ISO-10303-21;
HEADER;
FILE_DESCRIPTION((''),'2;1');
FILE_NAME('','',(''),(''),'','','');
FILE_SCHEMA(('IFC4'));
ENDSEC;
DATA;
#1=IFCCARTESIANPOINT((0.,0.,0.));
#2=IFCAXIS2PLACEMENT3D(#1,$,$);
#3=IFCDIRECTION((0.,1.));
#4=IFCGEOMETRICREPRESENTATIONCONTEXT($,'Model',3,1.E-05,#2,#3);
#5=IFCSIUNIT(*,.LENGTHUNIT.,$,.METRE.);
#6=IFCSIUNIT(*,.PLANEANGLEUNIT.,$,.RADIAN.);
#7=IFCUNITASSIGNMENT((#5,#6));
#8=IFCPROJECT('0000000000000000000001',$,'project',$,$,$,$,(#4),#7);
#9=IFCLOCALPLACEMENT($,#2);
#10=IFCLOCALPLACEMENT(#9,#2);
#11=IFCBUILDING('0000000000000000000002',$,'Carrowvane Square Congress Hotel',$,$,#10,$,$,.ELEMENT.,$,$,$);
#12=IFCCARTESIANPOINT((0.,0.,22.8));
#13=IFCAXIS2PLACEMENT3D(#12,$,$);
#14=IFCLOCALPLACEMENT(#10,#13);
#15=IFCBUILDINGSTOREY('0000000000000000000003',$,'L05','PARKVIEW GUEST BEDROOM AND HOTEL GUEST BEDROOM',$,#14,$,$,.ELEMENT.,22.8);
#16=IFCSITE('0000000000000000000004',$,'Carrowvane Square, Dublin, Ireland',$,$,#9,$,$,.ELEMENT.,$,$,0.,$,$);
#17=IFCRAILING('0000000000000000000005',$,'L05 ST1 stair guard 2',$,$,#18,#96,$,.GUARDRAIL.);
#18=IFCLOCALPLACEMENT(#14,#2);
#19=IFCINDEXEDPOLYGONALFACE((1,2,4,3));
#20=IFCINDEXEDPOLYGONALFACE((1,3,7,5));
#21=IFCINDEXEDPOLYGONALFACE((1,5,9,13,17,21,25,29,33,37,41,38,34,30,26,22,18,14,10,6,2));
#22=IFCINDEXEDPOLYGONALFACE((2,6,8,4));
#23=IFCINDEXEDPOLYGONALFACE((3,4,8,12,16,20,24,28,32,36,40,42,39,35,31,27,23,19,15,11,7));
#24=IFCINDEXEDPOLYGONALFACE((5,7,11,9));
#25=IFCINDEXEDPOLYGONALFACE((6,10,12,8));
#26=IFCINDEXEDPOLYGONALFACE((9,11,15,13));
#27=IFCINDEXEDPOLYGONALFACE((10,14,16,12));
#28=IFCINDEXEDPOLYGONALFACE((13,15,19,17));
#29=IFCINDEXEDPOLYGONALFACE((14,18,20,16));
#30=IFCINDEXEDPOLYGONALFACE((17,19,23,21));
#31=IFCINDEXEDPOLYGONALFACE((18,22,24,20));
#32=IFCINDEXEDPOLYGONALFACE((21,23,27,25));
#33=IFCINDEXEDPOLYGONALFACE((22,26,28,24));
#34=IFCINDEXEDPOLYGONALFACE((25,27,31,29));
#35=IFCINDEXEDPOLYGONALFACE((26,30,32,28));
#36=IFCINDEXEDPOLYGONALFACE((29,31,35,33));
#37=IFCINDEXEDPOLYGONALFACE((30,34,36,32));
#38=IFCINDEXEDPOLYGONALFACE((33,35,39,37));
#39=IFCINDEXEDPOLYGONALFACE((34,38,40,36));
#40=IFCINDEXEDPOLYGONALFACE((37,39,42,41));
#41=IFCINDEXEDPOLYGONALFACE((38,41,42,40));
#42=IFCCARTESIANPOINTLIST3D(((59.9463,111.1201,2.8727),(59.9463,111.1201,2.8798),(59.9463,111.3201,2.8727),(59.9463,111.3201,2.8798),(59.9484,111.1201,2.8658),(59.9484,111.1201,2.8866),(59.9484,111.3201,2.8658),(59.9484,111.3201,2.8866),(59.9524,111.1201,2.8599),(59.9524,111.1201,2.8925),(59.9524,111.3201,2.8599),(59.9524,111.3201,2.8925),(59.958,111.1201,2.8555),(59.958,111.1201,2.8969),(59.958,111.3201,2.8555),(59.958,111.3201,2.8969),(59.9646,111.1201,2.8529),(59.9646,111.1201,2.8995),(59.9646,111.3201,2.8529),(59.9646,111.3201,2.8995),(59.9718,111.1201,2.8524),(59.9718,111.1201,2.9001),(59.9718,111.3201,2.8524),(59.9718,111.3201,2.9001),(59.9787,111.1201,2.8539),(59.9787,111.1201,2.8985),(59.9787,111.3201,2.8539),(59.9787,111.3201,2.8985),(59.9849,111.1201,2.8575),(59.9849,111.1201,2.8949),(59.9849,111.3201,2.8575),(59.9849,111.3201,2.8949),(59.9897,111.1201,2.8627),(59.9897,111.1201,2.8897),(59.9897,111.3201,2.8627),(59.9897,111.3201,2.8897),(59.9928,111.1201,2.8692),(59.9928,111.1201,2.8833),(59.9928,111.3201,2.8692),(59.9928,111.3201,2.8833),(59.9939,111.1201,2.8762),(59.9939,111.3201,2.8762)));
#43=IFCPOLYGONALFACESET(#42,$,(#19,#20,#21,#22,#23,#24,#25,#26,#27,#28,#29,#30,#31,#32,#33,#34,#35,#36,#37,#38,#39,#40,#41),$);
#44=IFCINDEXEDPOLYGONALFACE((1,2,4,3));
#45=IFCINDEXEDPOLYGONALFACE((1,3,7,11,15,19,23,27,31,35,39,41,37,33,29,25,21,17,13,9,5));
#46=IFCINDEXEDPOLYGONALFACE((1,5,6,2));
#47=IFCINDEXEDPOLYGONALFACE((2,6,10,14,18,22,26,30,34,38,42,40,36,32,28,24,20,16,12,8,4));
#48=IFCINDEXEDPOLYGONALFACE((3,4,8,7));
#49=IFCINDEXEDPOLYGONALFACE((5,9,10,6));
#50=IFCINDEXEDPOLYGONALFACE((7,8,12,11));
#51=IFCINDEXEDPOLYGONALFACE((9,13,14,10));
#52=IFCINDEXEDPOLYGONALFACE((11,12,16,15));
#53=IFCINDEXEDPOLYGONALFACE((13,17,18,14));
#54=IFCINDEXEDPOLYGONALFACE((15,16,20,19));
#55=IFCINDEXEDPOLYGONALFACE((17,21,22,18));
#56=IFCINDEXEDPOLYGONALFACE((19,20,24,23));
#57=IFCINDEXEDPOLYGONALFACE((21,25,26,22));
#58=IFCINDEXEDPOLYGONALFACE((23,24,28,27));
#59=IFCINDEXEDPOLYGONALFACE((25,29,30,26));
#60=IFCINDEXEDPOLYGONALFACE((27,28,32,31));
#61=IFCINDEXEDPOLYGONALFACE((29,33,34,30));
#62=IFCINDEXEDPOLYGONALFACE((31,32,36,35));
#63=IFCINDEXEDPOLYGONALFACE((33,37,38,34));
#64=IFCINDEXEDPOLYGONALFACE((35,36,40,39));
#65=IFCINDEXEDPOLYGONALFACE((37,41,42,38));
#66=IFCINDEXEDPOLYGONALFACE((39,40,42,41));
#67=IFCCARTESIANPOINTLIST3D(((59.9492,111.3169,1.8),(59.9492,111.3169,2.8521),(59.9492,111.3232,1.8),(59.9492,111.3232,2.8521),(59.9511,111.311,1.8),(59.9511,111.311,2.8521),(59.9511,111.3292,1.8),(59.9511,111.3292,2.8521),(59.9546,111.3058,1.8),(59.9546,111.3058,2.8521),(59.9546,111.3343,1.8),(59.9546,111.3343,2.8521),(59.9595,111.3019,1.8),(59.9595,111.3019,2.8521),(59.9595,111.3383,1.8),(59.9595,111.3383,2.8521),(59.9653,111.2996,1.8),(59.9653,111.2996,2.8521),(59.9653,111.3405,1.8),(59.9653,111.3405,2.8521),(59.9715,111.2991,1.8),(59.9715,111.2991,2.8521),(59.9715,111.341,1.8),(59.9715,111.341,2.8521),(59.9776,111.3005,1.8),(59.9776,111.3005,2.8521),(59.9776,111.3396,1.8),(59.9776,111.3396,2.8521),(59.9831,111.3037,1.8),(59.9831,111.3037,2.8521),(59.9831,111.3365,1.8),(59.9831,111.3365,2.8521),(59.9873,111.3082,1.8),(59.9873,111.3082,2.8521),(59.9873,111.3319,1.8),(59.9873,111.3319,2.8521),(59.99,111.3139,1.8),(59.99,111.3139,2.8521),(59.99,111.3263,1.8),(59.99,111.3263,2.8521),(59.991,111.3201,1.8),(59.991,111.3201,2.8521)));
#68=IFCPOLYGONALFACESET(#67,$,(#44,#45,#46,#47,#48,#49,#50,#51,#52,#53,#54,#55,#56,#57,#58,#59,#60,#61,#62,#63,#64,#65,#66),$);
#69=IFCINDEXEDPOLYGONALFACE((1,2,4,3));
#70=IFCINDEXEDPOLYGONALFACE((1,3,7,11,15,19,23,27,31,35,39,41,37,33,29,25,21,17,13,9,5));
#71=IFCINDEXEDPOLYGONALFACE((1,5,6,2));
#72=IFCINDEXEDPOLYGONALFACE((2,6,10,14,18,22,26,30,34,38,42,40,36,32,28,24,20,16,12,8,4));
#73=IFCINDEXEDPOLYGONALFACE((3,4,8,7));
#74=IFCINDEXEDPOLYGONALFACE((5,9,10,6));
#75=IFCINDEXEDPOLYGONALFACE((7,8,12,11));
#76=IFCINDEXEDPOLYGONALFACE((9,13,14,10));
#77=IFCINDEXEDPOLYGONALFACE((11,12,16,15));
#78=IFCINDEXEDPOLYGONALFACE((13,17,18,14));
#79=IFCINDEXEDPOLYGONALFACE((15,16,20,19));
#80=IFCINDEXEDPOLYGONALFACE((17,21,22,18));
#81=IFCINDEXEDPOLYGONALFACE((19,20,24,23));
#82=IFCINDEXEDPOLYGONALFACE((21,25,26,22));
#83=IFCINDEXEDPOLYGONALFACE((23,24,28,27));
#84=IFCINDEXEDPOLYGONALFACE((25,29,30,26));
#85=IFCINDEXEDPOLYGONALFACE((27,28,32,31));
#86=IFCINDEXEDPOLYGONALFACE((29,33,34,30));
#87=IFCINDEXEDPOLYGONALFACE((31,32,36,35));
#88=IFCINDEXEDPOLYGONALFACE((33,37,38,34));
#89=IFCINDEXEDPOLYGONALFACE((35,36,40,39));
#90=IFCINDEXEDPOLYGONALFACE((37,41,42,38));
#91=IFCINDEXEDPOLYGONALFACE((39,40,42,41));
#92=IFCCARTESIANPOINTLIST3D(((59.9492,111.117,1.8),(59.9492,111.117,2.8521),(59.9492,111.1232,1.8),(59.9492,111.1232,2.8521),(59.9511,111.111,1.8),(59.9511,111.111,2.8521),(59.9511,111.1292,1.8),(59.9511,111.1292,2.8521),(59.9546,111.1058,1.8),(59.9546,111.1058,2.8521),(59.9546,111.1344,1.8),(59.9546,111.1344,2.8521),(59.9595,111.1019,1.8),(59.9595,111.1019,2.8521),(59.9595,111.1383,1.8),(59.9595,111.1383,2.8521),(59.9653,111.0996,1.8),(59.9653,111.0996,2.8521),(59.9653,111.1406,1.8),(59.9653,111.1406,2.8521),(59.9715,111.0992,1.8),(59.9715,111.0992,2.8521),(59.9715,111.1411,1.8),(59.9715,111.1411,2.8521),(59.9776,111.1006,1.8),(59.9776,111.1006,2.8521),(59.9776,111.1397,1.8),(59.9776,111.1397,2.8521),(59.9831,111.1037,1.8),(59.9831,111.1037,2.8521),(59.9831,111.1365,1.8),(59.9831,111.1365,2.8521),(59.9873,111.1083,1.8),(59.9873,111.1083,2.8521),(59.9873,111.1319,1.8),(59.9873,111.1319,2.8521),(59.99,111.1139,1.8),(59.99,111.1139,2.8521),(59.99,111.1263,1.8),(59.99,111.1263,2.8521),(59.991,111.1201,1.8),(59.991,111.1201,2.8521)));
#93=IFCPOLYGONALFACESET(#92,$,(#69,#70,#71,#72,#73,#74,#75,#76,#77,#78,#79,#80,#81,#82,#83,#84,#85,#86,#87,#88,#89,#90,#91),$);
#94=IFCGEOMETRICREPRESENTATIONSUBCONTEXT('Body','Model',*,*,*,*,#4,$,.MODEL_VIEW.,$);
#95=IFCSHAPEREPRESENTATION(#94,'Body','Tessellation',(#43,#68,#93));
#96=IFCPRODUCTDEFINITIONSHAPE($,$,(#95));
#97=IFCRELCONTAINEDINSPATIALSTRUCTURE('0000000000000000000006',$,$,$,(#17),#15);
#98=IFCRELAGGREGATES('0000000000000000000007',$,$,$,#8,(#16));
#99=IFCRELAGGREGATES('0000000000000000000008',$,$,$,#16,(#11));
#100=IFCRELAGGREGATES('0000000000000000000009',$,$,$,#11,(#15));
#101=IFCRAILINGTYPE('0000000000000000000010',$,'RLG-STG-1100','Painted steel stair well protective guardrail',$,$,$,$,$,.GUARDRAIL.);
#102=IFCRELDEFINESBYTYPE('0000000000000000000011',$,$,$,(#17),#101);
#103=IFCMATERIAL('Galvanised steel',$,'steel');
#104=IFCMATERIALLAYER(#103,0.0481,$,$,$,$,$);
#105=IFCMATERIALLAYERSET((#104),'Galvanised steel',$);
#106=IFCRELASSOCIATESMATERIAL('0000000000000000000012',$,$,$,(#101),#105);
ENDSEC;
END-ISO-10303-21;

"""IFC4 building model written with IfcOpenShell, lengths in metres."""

from ifc_helpers import new_model, si_unit, direction, frame, origin, origin_2d, place, context, subcontext, project, spatial, circle, extrude, material, layer, layer_set, type_object, element, save


model = new_model("IFC4")

# Units and contexts
model_context = context("Model", 3, precision=1e-05, world=origin(), true_north=direction((0.0, 1.0)))
body_context = subcontext(model_context, "Body", "Model", "MODEL_VIEW")
ifc_project = project(units=[si_unit("LENGTHUNIT", "METRE"), si_unit("PLANEANGLEUNIT", "RADIAN")], contexts=[model_context])

# Site, building, storey
site_placement = place(None, origin())
site = spatial("IfcSite", under=ifc_project, at=site_placement, Name="Carrowvane Square, Dublin, Ireland", CompositionType="ELEMENT", RefElevation=0.0)
building_placement = place(site_placement, origin())
building = spatial("IfcBuilding", under=site, at=building_placement, Name="Carrowvane Square Congress Hotel", CompositionType="ELEMENT")
storey_placement = place(building_placement, frame((0.0, 0.0, 22.8)))
storey = spatial("IfcBuildingStorey", under=building, at=storey_placement, Name="L05", Description="PARKVIEW GUEST BEDROOM AND HOTEL GUEST BEDROOM", CompositionType="ELEMENT", Elevation=22.8)

# Railing
ifc_material_1 = material(Name="Galvanised steel", Category="steel")
ifc_layer_1 = layer(ifc_material_1, 0.0481)
ifc_layer_set_1 = layer_set([ifc_layer_1], Name="Galvanised steel")
railing_type_1 = type_object("IfcRailingType", Name="RLG-STG-1100", Description="Painted steel stair well protective guardrail", PredefinedType="GUARDRAIL", material=ifc_layer_set_1)
railing_1_placement = place(storey_placement, frame((59.97, 111.3201, 1.8)))
element("IfcRailing", 1, at=railing_1_placement, inside=storey, type_object=railing_type_1, Name="L05 ST1 stair guard 2", PredefinedType="GUARDRAIL", context=body_context, shape_type="SweptSolid", body=[
    extrude(circle(Radius=0.0239, at=origin_2d()), frame((0.0, 0.0, 1.0762), z_axis=(0.0, -1.0, 0.0), x_axis=(1.0, 0.0, 0.0)), (0.0, 0.0, 1.0), 0.2),
    extrude(circle(Radius=0.021, at=origin_2d()), origin(), (0.0, 0.0, 1.0), 1.052),
    extrude(circle(Radius=0.021, at=origin_2d()), frame((0.0, -0.2, 0.0)), (0.0, 0.0, 1.0), 1.052),
])

save(model, "model.ifc")
